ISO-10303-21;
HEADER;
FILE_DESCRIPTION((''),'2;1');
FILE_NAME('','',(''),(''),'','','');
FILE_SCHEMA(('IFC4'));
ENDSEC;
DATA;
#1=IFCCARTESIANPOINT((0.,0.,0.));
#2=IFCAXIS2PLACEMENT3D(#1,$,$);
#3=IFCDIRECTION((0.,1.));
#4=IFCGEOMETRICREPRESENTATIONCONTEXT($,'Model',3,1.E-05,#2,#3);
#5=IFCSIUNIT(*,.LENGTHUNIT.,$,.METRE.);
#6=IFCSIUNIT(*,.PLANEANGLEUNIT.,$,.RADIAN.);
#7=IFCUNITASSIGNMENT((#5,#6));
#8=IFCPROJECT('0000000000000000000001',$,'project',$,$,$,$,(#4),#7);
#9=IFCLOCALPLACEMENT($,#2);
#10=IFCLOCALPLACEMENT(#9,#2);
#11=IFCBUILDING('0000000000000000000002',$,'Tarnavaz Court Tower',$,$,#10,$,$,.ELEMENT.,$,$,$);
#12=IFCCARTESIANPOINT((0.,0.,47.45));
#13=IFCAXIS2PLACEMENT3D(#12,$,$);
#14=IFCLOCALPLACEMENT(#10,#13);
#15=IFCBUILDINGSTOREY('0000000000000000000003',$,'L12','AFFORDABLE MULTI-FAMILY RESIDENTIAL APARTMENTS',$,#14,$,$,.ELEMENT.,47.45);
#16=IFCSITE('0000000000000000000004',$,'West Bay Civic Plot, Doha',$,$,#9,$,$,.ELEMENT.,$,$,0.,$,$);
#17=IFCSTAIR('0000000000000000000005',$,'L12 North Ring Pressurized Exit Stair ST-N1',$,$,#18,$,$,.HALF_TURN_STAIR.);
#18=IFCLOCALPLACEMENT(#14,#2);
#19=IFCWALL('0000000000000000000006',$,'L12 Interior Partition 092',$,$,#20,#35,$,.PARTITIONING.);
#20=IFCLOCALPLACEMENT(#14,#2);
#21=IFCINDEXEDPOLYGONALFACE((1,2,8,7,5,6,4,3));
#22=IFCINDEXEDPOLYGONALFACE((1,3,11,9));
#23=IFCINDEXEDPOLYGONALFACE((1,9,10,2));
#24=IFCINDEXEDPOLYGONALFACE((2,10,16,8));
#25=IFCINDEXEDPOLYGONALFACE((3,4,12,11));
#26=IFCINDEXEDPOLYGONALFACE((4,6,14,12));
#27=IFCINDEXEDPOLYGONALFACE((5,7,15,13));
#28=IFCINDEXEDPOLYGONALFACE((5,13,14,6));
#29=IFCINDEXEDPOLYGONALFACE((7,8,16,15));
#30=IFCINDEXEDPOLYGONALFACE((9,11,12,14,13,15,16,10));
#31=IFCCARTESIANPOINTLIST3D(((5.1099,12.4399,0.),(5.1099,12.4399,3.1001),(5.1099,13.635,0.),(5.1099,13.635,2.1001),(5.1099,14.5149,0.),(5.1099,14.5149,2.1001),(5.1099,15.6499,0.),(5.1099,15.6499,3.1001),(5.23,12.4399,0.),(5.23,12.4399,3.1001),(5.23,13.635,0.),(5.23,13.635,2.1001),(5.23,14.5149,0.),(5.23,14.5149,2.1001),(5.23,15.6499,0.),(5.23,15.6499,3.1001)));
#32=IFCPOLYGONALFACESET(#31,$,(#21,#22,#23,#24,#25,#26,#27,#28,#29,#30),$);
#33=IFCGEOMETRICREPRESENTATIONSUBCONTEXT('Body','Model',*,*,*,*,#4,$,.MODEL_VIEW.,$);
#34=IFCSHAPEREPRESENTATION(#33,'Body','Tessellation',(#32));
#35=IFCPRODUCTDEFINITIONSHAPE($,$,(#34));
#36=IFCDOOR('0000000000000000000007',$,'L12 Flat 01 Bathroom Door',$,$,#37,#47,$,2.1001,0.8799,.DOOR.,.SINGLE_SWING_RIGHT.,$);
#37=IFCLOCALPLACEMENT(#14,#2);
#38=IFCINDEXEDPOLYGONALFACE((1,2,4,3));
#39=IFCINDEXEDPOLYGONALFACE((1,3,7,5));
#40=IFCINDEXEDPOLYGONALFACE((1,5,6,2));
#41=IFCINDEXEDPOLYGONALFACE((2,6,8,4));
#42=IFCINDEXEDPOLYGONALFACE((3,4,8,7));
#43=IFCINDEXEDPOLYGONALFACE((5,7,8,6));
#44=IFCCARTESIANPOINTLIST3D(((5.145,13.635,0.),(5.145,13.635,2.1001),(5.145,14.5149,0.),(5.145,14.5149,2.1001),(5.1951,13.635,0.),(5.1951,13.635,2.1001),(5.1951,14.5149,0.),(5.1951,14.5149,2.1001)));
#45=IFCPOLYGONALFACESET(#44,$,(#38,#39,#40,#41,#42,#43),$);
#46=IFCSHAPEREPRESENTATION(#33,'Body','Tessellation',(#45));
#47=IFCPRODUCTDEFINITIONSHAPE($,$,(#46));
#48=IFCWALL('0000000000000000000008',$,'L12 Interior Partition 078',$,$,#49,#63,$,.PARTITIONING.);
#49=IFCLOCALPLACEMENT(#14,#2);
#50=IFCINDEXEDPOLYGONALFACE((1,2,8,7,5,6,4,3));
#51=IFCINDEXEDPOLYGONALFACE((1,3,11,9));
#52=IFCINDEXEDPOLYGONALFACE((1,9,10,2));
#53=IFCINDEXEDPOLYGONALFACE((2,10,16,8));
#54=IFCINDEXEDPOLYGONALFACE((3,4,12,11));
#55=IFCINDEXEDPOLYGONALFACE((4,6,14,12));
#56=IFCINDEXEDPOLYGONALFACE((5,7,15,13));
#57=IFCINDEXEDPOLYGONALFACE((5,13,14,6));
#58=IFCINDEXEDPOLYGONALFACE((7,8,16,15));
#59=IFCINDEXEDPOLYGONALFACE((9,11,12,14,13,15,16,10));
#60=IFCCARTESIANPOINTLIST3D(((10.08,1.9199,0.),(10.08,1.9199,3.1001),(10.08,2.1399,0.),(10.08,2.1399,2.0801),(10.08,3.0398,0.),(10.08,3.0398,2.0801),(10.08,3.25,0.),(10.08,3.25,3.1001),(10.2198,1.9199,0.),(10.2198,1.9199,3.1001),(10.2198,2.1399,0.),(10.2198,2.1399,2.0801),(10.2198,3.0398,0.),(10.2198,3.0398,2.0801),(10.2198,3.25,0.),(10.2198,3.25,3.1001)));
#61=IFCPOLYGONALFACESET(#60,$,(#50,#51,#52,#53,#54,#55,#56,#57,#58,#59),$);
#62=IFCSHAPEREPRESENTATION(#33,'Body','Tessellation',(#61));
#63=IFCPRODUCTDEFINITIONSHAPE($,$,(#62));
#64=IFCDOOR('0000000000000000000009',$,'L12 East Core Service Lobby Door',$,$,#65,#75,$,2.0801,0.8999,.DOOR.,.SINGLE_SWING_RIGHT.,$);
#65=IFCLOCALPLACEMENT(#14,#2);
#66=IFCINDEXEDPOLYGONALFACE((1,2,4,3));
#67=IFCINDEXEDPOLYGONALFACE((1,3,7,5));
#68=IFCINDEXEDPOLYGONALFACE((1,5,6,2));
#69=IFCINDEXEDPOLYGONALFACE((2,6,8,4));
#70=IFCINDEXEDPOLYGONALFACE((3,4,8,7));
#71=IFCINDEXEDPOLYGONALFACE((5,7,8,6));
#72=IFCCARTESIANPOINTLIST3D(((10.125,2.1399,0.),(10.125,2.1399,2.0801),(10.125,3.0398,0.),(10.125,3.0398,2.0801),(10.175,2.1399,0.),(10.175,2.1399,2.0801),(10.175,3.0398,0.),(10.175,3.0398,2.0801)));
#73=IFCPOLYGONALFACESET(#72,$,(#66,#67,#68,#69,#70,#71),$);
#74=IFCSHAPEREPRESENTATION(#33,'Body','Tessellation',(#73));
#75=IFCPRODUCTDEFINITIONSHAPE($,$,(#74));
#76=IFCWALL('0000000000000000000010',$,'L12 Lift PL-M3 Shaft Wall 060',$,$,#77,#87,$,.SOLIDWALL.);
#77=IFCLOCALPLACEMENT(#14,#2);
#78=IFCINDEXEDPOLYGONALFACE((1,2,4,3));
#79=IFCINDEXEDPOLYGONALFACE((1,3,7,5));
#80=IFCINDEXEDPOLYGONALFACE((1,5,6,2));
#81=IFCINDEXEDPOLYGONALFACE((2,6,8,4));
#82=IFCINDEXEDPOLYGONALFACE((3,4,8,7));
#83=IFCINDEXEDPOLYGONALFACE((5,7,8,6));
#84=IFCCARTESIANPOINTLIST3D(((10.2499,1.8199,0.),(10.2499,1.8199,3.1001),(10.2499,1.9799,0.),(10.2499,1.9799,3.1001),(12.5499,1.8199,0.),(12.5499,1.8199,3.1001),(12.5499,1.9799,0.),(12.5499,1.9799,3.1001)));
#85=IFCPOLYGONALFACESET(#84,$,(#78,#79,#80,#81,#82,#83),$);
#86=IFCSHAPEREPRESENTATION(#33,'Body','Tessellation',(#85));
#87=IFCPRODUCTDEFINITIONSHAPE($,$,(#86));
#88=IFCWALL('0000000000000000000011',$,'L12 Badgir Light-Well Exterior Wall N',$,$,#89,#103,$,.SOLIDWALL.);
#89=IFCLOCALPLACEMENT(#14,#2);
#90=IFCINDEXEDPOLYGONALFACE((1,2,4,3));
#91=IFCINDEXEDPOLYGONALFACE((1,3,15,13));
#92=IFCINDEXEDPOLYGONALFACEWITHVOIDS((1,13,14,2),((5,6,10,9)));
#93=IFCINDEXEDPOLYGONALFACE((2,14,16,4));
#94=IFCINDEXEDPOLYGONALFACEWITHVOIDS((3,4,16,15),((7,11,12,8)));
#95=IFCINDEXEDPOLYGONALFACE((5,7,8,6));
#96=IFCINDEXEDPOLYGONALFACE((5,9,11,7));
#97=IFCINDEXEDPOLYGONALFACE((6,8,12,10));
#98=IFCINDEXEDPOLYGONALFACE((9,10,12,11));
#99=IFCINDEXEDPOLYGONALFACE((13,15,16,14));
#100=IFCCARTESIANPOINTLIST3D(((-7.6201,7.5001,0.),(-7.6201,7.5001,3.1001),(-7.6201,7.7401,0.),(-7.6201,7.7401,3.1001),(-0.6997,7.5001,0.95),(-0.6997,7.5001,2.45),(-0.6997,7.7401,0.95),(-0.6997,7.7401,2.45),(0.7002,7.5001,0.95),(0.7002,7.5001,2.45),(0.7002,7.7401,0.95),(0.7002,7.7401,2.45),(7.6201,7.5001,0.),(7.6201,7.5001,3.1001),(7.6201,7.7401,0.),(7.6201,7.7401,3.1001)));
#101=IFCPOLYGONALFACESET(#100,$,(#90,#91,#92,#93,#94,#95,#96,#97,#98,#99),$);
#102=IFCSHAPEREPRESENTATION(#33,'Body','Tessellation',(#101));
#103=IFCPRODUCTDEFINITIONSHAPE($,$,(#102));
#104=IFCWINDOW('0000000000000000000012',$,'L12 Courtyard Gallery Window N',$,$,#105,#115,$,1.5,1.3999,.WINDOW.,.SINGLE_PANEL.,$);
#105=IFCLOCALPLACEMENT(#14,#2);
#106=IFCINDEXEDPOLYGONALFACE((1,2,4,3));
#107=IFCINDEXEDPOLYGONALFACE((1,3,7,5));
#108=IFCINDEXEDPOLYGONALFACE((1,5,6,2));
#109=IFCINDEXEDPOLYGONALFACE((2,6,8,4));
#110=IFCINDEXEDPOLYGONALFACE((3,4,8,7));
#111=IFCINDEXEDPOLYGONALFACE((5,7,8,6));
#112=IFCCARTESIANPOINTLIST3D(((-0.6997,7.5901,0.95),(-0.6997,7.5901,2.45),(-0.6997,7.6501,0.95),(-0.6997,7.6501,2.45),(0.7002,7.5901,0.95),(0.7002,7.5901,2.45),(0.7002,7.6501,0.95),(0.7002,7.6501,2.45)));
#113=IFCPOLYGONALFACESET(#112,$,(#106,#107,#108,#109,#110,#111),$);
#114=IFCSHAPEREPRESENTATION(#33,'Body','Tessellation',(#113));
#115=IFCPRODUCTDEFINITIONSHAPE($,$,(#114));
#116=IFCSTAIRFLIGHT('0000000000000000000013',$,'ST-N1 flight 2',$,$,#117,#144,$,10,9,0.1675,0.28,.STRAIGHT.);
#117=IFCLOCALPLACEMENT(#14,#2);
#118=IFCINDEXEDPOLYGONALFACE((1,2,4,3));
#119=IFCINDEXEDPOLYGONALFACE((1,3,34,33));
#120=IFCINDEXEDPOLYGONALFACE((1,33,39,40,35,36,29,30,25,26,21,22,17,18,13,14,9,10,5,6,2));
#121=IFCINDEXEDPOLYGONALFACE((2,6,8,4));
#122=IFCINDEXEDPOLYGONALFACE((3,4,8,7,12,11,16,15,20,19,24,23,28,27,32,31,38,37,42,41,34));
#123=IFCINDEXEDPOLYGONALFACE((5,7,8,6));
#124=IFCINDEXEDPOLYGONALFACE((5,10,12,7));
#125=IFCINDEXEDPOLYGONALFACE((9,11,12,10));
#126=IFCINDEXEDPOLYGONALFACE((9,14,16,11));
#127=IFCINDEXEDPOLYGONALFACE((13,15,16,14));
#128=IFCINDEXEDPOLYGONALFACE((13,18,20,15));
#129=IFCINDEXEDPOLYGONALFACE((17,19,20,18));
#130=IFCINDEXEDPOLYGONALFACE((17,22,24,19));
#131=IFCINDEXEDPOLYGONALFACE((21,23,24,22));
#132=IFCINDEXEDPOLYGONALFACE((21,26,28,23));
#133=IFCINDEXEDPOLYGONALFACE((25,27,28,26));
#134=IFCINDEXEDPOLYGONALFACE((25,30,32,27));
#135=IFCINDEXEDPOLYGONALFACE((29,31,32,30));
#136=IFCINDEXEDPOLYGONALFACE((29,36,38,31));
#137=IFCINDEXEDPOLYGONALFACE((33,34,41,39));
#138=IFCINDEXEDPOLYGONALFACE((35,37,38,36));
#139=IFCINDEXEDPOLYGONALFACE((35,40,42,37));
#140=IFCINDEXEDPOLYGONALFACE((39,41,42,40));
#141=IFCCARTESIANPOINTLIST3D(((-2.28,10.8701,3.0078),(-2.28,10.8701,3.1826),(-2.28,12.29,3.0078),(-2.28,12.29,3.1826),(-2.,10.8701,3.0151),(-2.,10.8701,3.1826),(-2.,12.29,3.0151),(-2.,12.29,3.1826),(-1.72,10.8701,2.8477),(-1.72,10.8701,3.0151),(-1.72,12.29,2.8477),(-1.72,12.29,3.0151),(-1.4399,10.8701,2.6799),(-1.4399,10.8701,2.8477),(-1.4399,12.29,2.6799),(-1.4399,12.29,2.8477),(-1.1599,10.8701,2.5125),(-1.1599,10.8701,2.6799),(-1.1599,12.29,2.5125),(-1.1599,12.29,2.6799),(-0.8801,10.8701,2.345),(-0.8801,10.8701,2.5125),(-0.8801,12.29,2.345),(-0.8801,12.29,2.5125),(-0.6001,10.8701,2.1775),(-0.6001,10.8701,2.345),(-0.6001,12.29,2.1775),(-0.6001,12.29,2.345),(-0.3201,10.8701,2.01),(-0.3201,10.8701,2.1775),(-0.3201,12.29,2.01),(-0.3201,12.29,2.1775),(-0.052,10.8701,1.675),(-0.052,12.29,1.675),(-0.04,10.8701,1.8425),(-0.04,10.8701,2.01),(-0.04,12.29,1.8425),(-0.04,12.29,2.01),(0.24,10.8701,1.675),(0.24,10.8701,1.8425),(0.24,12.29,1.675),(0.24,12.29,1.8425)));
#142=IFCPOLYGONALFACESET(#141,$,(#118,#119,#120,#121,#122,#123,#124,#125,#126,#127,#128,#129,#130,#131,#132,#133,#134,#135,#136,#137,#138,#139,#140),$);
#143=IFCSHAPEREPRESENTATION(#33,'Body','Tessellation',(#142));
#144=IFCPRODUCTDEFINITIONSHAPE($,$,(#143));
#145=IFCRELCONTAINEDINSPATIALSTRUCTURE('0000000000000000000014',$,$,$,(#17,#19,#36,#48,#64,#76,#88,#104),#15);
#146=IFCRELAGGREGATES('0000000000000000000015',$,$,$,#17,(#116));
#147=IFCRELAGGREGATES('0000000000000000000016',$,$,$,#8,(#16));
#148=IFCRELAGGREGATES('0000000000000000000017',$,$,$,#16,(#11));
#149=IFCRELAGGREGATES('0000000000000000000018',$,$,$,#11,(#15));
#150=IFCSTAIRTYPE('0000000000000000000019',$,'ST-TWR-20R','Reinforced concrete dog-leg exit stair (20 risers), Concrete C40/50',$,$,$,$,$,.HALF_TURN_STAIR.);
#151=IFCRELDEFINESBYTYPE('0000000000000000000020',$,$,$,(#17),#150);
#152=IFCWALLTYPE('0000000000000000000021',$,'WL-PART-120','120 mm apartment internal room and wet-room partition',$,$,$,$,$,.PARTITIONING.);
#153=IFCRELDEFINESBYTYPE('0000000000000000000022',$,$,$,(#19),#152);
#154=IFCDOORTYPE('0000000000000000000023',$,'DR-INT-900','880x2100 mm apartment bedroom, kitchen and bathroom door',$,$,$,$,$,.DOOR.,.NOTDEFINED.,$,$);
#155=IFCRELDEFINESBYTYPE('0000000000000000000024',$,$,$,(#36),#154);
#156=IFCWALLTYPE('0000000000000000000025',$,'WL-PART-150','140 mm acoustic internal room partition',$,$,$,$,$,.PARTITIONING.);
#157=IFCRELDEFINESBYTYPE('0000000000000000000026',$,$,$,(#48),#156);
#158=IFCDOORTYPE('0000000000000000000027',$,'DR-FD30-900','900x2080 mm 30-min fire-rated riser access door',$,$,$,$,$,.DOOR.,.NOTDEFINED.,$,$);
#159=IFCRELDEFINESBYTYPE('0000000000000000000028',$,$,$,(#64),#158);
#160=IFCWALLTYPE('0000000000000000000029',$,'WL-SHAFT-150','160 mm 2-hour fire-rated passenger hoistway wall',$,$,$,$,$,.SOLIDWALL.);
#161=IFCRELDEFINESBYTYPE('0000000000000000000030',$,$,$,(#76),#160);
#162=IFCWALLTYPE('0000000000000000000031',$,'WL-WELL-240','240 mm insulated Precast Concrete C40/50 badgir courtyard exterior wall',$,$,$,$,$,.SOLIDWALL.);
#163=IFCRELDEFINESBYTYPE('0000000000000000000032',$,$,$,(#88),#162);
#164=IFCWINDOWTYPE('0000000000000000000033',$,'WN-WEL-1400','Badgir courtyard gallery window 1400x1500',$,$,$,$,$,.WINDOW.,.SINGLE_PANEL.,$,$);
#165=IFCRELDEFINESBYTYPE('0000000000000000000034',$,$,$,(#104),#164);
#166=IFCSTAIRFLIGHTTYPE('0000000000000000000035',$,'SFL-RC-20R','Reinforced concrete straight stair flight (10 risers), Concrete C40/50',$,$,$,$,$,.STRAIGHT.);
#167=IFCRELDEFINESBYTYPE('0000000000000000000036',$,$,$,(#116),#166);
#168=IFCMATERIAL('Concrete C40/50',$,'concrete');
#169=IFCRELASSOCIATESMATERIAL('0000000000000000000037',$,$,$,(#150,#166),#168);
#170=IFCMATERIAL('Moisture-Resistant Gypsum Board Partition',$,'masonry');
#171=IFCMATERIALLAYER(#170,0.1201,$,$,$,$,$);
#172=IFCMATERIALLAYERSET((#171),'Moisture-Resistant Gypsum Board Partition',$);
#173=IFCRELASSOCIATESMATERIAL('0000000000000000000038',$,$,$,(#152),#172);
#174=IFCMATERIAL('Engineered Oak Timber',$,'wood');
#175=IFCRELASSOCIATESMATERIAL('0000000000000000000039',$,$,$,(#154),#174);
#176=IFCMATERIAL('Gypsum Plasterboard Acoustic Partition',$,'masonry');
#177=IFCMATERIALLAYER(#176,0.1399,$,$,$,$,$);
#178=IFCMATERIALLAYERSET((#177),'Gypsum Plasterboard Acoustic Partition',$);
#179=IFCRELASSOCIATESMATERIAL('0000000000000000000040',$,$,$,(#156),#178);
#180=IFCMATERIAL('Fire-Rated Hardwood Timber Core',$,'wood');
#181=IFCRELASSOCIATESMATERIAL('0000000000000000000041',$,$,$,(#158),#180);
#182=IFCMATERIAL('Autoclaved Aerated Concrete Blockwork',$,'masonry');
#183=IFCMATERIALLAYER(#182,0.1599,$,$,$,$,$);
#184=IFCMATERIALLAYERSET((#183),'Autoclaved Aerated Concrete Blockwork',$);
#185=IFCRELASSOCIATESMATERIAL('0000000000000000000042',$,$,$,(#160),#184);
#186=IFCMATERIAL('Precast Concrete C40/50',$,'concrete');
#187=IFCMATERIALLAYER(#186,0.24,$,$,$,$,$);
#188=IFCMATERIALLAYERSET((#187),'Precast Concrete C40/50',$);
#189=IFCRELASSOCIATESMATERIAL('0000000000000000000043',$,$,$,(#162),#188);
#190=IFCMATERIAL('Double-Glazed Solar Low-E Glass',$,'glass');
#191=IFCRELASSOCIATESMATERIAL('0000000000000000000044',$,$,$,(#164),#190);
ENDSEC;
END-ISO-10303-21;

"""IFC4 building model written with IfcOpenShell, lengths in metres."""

from ifc_helpers import new_model, si_unit, direction, frame, frame_2d, origin, place, context, subcontext, project, spatial, polyline, rectangle, outline, extrude, material, layer, layer_set, type_object, element, fill, aggregate, save


model = new_model("IFC4")

# Units and contexts
model_context = context("Model", 3, precision=1e-05, world=origin(), true_north=direction((0.0, 1.0)))
body_context = subcontext(model_context, "Body", "Model", "MODEL_VIEW")
ifc_project = project(units=[si_unit("LENGTHUNIT", "METRE"), si_unit("PLANEANGLEUNIT", "RADIAN")], contexts=[model_context])

# Site, building, storey
site_placement = place(None, origin())
site = spatial("IfcSite", under=ifc_project, at=site_placement, Name="West Bay Civic Plot, Doha", CompositionType="ELEMENT", RefElevation=0.0)
building_placement = place(site_placement, origin())
building = spatial("IfcBuilding", under=site, at=building_placement, Name="Tarnavaz Court Tower", CompositionType="ELEMENT")
storey_placement = place(building_placement, frame((0.0, 0.0, 47.45)))
storey = spatial("IfcBuildingStorey", under=building, at=storey_placement, Name="L12", Description="AFFORDABLE MULTI-FAMILY RESIDENTIAL APARTMENTS", CompositionType="ELEMENT", Elevation=47.45)

# Stair
ifc_material_1 = material(Name="Concrete C40/50", Category="concrete")
stair_type = type_object("IfcStairType", Name="ST-TWR-20R", Description="Reinforced concrete dog-leg exit stair (20 risers), Concrete C40/50", PredefinedType="HALF_TURN_STAIR", material=ifc_material_1)
stair_1_placement = place(storey_placement, origin())
stair_1 = element("IfcStair", 1, at=stair_1_placement, inside=storey, type_object=stair_type, Name="L12 North Ring Pressurized Exit Stair ST-N1", PredefinedType="HALF_TURN_STAIR")

# Shared definitions
ifc_material_2 = material(Name="Fire-Rated Hardwood Timber Core", Category="wood")

# Shared definitions
ifc_material_3 = material(Name="Autoclaved Aerated Concrete Blockwork", Category="masonry")

# Walls, openings, doors
ifc_material_4 = material(Name="Moisture-Resistant Gypsum Board Partition", Category="masonry")
ifc_layer_1 = layer(ifc_material_4, 0.1201)
ifc_layer_set_1 = layer_set([ifc_layer_1], Name="Moisture-Resistant Gypsum Board Partition")
wall_type_1 = type_object("IfcWallType", Name="WL-PART-120", Description="120 mm apartment internal room and wet-room partition", PredefinedType="PARTITIONING", material=ifc_layer_set_1)
wall_1_placement = place(storey_placement, frame((5.1699, 12.4399, 0.0), z_axis=(0.0, 0.0, 1.0), x_axis=(0.0, 1.0, 0.0)))
wall_1 = element("IfcWall", 2, at=wall_1_placement, inside=storey, type_object=wall_type_1, Name="L12 Interior Partition 092", PredefinedType="PARTITIONING", context=body_context, shape_type="SweptSolid", body=[
    extrude(rectangle(XDim=3.21, YDim=0.1201, at=frame_2d((1.605, 0.0))), origin(), (0.0, 0.0, 1.0), 3.1001),
])
opening_1_placement = place(wall_1_placement, frame((1.1951, 0.0, 0.0)))
opening_1 = element("IfcOpeningElement", 3, at=opening_1_placement, cuts=wall_1, PredefinedType="OPENING", context=body_context, shape_type="SweptSolid", body=[
    extrude(rectangle(XDim=0.8799, YDim=2.1001, at=frame_2d((0.4399, 1.05))), frame((0.0, 0.0701, 0.0), z_axis=(0.0, -1.0, 0.0), x_axis=(1.0, 0.0, 0.0)), (0.0, 0.0, 1.0), 0.1401),
])
ifc_material_5 = material(Name="Engineered Oak Timber", Category="wood")
door_type_1 = type_object("IfcDoorType", Name="DR-INT-900", Description="880x2100 mm apartment bedroom, kitchen and bathroom door", OperationType="NOTDEFINED", PredefinedType="DOOR", material=ifc_material_5)
door_1_placement = place(opening_1_placement, origin())
door_1 = element("IfcDoor", 4, at=door_1_placement, inside=storey, type_object=door_type_1, Name="L12 Flat 01 Bathroom Door", OperationType="SINGLE_SWING_RIGHT", OverallHeight=2.1001, OverallWidth=0.8799, PredefinedType="DOOR", context=body_context, shape_type="SweptSolid", body=[
    extrude(rectangle(XDim=0.8799, YDim=2.1001, at=frame_2d((0.4399, 1.05))), frame((0.0, 0.0249, 0.0), z_axis=(0.0, -1.0, 0.0), x_axis=(1.0, 0.0, 0.0)), (0.0, 0.0, 1.0), 0.05),
])
fill(opening_1, door_1)
ifc_material_6 = material(Name="Gypsum Plasterboard Acoustic Partition", Category="masonry")
ifc_layer_2 = layer(ifc_material_6, 0.1399)
ifc_layer_set_2 = layer_set([ifc_layer_2], Name="Gypsum Plasterboard Acoustic Partition")
wall_type_2 = type_object("IfcWallType", Name="WL-PART-150", Description="140 mm acoustic internal room partition", PredefinedType="PARTITIONING", material=ifc_layer_set_2)
wall_2_placement = place(storey_placement, frame((10.1499, 1.9199, 0.0), z_axis=(0.0, 0.0, 1.0), x_axis=(0.0, 1.0, 0.0)))
wall_2 = element("IfcWall", 5, at=wall_2_placement, inside=storey, type_object=wall_type_2, Name="L12 Interior Partition 078", PredefinedType="PARTITIONING", context=body_context, shape_type="SweptSolid", body=[
    extrude(rectangle(XDim=1.3301, YDim=0.1399, at=frame_2d((0.665, 0.0))), origin(), (0.0, 0.0, 1.0), 3.1001),
])
opening_2_placement = place(wall_2_placement, frame((0.22, 0.0, 0.0)))
opening_2 = element("IfcOpeningElement", 6, at=opening_2_placement, cuts=wall_2, PredefinedType="OPENING", context=body_context, shape_type="SweptSolid", body=[
    extrude(rectangle(XDim=0.8999, YDim=2.0801, at=frame_2d((0.45, 1.04))), frame((0.0, 0.0798, 0.0), z_axis=(0.0, -1.0, 0.0), x_axis=(1.0, 0.0, 0.0)), (0.0, 0.0, 1.0), 0.1599),
])
door_type_2 = type_object("IfcDoorType", Name="DR-FD30-900", Description="900x2080 mm 30-min fire-rated riser access door", OperationType="NOTDEFINED", PredefinedType="DOOR", material=ifc_material_2)
door_2_placement = place(opening_2_placement, origin())
door_2 = element("IfcDoor", 7, at=door_2_placement, inside=storey, type_object=door_type_2, Name="L12 East Core Service Lobby Door", OperationType="SINGLE_SWING_RIGHT", OverallHeight=2.0801, OverallWidth=0.8999, PredefinedType="DOOR", context=body_context, shape_type="SweptSolid", body=[
    extrude(rectangle(XDim=0.8999, YDim=2.0801, at=frame_2d((0.45, 1.04))), frame((0.0, 0.0249, 0.0), z_axis=(0.0, -1.0, 0.0), x_axis=(1.0, 0.0, 0.0)), (0.0, 0.0, 1.0), 0.05),
])
fill(opening_2, door_2)

# Wall
ifc_layer_3 = layer(ifc_material_3, 0.1599)
ifc_layer_set_3 = layer_set([ifc_layer_3], Name="Autoclaved Aerated Concrete Blockwork")
wall_type_3 = type_object("IfcWallType", Name="WL-SHAFT-150", Description="160 mm 2-hour fire-rated passenger hoistway wall", PredefinedType="SOLIDWALL", material=ifc_layer_set_3)
wall_3_placement = place(storey_placement, frame((10.25, 1.8999, 0.0), z_axis=(0.0, 0.0, 1.0), x_axis=(1.0, 0.0, 0.0)))
element("IfcWall", 8, at=wall_3_placement, inside=storey, type_object=wall_type_3, Name="L12 Lift PL-M3 Shaft Wall 060", PredefinedType="SOLIDWALL", context=body_context, shape_type="SweptSolid", body=[
    extrude(rectangle(XDim=2.3, YDim=0.1599, at=frame_2d((1.1499, 0.0))), origin(), (0.0, 0.0, 1.0), 3.1001),
])

# Wall, opening, window
ifc_material_7 = material(Name="Precast Concrete C40/50", Category="concrete")
ifc_layer_4 = layer(ifc_material_7, 0.24)
ifc_layer_set_4 = layer_set([ifc_layer_4], Name="Precast Concrete C40/50")
wall_type_4 = type_object("IfcWallType", Name="WL-WELL-240", Description="240 mm insulated Precast Concrete C40/50 badgir courtyard exterior wall", PredefinedType="SOLIDWALL", material=ifc_layer_set_4)
wall_4_placement = place(storey_placement, frame((7.6201, 7.6201, 0.0), z_axis=(0.0, 0.0, 1.0), x_axis=(-1.0, 0.0, 0.0)))
wall_4 = element("IfcWall", 9, at=wall_4_placement, inside=storey, type_object=wall_type_4, Name="L12 Badgir Light-Well Exterior Wall N", PredefinedType="SOLIDWALL", context=body_context, shape_type="SweptSolid", body=[
    extrude(rectangle(XDim=15.2402, YDim=0.24, at=frame_2d((7.6201, 0.0))), origin(), (0.0, 0.0, 1.0), 3.1001),
])
opening_3_placement = place(wall_4_placement, frame((6.9199, 0.0, 0.95)))
opening_3 = element("IfcOpeningElement", 10, at=opening_3_placement, cuts=wall_4, PredefinedType="OPENING", context=body_context, shape_type="SweptSolid", body=[
    extrude(rectangle(XDim=1.3999, YDim=1.5, at=frame_2d((0.7, 0.75))), frame((0.0, 0.1299, 0.0), z_axis=(0.0, -1.0, 0.0), x_axis=(1.0, 0.0, 0.0)), (0.0, 0.0, 1.0), 0.26),
])
ifc_material_8 = material(Name="Double-Glazed Solar Low-E Glass", Category="glass")
window_type = type_object("IfcWindowType", Name="WN-WEL-1400", Description="Badgir courtyard gallery window 1400x1500", PartitioningType="SINGLE_PANEL", PredefinedType="WINDOW", material=ifc_material_8)
window_placement = place(opening_3_placement, origin())
window = element("IfcWindow", 11, at=window_placement, inside=storey, type_object=window_type, Name="L12 Courtyard Gallery Window N", OverallHeight=1.5, OverallWidth=1.3999, PartitioningType="SINGLE_PANEL", PredefinedType="WINDOW", context=body_context, shape_type="SweptSolid", body=[
    extrude(rectangle(XDim=1.3999, YDim=1.5, at=frame_2d((0.7, 0.75))), frame((0.0, 0.03, 0.0), z_axis=(0.0, -1.0, 0.0), x_axis=(1.0, 0.0, 0.0)), (0.0, 0.0, 1.0), 0.0601),
])
fill(opening_3, window)

# Stair flight
stair_flight_type = type_object("IfcStairFlightType", Name="SFL-RC-20R", Description="Reinforced concrete straight stair flight (10 risers), Concrete C40/50", PredefinedType="STRAIGHT", material=ifc_material_1)
stair_flight_placement = place(storey_placement, frame((0.24, 11.5801, 1.675), z_axis=(0.0, 0.0, 1.0), x_axis=(-1.0, 0.0, 0.0)))
stair_flight = element("IfcStairFlight", 12, at=stair_flight_placement, type_object=stair_flight_type, Name="ST-N1 flight 2", NumberOfRisers=10, NumberOfTreads=9, PredefinedType="STRAIGHT", RiserHeight=0.1675, TreadLength=0.28, context=body_context, shape_type="SweptSolid", body=[
    extrude(outline(polyline([(0.0, 0.0), (0.0, 0.1675), (0.28, 0.1675), (0.28, 0.335), (0.5601, 0.335), (0.5601, 0.5024), (0.8401, 0.5024), (0.8401, 0.6699), (1.1201, 0.6699), (1.1201, 0.8374), (1.3999, 0.8374), (1.3999, 1.0049), (1.6799, 1.0049), (1.6799, 1.1726), (1.96, 1.1726), (1.96, 1.3401), (2.24, 1.3401), (2.24, 1.5076), (2.52, 1.5076), (2.52, 1.675), (2.52, 1.3328), (0.292, 0.0), (0.0, 0.0)])), frame((0.0, 0.71, 0.0), z_axis=(0.0, -1.0, 0.0), x_axis=(1.0, 0.0, 0.0)), (0.0, 0.0, 1.0), 1.4199),
])
aggregate(stair_1, [stair_flight])

save(model, "model.ifc")
